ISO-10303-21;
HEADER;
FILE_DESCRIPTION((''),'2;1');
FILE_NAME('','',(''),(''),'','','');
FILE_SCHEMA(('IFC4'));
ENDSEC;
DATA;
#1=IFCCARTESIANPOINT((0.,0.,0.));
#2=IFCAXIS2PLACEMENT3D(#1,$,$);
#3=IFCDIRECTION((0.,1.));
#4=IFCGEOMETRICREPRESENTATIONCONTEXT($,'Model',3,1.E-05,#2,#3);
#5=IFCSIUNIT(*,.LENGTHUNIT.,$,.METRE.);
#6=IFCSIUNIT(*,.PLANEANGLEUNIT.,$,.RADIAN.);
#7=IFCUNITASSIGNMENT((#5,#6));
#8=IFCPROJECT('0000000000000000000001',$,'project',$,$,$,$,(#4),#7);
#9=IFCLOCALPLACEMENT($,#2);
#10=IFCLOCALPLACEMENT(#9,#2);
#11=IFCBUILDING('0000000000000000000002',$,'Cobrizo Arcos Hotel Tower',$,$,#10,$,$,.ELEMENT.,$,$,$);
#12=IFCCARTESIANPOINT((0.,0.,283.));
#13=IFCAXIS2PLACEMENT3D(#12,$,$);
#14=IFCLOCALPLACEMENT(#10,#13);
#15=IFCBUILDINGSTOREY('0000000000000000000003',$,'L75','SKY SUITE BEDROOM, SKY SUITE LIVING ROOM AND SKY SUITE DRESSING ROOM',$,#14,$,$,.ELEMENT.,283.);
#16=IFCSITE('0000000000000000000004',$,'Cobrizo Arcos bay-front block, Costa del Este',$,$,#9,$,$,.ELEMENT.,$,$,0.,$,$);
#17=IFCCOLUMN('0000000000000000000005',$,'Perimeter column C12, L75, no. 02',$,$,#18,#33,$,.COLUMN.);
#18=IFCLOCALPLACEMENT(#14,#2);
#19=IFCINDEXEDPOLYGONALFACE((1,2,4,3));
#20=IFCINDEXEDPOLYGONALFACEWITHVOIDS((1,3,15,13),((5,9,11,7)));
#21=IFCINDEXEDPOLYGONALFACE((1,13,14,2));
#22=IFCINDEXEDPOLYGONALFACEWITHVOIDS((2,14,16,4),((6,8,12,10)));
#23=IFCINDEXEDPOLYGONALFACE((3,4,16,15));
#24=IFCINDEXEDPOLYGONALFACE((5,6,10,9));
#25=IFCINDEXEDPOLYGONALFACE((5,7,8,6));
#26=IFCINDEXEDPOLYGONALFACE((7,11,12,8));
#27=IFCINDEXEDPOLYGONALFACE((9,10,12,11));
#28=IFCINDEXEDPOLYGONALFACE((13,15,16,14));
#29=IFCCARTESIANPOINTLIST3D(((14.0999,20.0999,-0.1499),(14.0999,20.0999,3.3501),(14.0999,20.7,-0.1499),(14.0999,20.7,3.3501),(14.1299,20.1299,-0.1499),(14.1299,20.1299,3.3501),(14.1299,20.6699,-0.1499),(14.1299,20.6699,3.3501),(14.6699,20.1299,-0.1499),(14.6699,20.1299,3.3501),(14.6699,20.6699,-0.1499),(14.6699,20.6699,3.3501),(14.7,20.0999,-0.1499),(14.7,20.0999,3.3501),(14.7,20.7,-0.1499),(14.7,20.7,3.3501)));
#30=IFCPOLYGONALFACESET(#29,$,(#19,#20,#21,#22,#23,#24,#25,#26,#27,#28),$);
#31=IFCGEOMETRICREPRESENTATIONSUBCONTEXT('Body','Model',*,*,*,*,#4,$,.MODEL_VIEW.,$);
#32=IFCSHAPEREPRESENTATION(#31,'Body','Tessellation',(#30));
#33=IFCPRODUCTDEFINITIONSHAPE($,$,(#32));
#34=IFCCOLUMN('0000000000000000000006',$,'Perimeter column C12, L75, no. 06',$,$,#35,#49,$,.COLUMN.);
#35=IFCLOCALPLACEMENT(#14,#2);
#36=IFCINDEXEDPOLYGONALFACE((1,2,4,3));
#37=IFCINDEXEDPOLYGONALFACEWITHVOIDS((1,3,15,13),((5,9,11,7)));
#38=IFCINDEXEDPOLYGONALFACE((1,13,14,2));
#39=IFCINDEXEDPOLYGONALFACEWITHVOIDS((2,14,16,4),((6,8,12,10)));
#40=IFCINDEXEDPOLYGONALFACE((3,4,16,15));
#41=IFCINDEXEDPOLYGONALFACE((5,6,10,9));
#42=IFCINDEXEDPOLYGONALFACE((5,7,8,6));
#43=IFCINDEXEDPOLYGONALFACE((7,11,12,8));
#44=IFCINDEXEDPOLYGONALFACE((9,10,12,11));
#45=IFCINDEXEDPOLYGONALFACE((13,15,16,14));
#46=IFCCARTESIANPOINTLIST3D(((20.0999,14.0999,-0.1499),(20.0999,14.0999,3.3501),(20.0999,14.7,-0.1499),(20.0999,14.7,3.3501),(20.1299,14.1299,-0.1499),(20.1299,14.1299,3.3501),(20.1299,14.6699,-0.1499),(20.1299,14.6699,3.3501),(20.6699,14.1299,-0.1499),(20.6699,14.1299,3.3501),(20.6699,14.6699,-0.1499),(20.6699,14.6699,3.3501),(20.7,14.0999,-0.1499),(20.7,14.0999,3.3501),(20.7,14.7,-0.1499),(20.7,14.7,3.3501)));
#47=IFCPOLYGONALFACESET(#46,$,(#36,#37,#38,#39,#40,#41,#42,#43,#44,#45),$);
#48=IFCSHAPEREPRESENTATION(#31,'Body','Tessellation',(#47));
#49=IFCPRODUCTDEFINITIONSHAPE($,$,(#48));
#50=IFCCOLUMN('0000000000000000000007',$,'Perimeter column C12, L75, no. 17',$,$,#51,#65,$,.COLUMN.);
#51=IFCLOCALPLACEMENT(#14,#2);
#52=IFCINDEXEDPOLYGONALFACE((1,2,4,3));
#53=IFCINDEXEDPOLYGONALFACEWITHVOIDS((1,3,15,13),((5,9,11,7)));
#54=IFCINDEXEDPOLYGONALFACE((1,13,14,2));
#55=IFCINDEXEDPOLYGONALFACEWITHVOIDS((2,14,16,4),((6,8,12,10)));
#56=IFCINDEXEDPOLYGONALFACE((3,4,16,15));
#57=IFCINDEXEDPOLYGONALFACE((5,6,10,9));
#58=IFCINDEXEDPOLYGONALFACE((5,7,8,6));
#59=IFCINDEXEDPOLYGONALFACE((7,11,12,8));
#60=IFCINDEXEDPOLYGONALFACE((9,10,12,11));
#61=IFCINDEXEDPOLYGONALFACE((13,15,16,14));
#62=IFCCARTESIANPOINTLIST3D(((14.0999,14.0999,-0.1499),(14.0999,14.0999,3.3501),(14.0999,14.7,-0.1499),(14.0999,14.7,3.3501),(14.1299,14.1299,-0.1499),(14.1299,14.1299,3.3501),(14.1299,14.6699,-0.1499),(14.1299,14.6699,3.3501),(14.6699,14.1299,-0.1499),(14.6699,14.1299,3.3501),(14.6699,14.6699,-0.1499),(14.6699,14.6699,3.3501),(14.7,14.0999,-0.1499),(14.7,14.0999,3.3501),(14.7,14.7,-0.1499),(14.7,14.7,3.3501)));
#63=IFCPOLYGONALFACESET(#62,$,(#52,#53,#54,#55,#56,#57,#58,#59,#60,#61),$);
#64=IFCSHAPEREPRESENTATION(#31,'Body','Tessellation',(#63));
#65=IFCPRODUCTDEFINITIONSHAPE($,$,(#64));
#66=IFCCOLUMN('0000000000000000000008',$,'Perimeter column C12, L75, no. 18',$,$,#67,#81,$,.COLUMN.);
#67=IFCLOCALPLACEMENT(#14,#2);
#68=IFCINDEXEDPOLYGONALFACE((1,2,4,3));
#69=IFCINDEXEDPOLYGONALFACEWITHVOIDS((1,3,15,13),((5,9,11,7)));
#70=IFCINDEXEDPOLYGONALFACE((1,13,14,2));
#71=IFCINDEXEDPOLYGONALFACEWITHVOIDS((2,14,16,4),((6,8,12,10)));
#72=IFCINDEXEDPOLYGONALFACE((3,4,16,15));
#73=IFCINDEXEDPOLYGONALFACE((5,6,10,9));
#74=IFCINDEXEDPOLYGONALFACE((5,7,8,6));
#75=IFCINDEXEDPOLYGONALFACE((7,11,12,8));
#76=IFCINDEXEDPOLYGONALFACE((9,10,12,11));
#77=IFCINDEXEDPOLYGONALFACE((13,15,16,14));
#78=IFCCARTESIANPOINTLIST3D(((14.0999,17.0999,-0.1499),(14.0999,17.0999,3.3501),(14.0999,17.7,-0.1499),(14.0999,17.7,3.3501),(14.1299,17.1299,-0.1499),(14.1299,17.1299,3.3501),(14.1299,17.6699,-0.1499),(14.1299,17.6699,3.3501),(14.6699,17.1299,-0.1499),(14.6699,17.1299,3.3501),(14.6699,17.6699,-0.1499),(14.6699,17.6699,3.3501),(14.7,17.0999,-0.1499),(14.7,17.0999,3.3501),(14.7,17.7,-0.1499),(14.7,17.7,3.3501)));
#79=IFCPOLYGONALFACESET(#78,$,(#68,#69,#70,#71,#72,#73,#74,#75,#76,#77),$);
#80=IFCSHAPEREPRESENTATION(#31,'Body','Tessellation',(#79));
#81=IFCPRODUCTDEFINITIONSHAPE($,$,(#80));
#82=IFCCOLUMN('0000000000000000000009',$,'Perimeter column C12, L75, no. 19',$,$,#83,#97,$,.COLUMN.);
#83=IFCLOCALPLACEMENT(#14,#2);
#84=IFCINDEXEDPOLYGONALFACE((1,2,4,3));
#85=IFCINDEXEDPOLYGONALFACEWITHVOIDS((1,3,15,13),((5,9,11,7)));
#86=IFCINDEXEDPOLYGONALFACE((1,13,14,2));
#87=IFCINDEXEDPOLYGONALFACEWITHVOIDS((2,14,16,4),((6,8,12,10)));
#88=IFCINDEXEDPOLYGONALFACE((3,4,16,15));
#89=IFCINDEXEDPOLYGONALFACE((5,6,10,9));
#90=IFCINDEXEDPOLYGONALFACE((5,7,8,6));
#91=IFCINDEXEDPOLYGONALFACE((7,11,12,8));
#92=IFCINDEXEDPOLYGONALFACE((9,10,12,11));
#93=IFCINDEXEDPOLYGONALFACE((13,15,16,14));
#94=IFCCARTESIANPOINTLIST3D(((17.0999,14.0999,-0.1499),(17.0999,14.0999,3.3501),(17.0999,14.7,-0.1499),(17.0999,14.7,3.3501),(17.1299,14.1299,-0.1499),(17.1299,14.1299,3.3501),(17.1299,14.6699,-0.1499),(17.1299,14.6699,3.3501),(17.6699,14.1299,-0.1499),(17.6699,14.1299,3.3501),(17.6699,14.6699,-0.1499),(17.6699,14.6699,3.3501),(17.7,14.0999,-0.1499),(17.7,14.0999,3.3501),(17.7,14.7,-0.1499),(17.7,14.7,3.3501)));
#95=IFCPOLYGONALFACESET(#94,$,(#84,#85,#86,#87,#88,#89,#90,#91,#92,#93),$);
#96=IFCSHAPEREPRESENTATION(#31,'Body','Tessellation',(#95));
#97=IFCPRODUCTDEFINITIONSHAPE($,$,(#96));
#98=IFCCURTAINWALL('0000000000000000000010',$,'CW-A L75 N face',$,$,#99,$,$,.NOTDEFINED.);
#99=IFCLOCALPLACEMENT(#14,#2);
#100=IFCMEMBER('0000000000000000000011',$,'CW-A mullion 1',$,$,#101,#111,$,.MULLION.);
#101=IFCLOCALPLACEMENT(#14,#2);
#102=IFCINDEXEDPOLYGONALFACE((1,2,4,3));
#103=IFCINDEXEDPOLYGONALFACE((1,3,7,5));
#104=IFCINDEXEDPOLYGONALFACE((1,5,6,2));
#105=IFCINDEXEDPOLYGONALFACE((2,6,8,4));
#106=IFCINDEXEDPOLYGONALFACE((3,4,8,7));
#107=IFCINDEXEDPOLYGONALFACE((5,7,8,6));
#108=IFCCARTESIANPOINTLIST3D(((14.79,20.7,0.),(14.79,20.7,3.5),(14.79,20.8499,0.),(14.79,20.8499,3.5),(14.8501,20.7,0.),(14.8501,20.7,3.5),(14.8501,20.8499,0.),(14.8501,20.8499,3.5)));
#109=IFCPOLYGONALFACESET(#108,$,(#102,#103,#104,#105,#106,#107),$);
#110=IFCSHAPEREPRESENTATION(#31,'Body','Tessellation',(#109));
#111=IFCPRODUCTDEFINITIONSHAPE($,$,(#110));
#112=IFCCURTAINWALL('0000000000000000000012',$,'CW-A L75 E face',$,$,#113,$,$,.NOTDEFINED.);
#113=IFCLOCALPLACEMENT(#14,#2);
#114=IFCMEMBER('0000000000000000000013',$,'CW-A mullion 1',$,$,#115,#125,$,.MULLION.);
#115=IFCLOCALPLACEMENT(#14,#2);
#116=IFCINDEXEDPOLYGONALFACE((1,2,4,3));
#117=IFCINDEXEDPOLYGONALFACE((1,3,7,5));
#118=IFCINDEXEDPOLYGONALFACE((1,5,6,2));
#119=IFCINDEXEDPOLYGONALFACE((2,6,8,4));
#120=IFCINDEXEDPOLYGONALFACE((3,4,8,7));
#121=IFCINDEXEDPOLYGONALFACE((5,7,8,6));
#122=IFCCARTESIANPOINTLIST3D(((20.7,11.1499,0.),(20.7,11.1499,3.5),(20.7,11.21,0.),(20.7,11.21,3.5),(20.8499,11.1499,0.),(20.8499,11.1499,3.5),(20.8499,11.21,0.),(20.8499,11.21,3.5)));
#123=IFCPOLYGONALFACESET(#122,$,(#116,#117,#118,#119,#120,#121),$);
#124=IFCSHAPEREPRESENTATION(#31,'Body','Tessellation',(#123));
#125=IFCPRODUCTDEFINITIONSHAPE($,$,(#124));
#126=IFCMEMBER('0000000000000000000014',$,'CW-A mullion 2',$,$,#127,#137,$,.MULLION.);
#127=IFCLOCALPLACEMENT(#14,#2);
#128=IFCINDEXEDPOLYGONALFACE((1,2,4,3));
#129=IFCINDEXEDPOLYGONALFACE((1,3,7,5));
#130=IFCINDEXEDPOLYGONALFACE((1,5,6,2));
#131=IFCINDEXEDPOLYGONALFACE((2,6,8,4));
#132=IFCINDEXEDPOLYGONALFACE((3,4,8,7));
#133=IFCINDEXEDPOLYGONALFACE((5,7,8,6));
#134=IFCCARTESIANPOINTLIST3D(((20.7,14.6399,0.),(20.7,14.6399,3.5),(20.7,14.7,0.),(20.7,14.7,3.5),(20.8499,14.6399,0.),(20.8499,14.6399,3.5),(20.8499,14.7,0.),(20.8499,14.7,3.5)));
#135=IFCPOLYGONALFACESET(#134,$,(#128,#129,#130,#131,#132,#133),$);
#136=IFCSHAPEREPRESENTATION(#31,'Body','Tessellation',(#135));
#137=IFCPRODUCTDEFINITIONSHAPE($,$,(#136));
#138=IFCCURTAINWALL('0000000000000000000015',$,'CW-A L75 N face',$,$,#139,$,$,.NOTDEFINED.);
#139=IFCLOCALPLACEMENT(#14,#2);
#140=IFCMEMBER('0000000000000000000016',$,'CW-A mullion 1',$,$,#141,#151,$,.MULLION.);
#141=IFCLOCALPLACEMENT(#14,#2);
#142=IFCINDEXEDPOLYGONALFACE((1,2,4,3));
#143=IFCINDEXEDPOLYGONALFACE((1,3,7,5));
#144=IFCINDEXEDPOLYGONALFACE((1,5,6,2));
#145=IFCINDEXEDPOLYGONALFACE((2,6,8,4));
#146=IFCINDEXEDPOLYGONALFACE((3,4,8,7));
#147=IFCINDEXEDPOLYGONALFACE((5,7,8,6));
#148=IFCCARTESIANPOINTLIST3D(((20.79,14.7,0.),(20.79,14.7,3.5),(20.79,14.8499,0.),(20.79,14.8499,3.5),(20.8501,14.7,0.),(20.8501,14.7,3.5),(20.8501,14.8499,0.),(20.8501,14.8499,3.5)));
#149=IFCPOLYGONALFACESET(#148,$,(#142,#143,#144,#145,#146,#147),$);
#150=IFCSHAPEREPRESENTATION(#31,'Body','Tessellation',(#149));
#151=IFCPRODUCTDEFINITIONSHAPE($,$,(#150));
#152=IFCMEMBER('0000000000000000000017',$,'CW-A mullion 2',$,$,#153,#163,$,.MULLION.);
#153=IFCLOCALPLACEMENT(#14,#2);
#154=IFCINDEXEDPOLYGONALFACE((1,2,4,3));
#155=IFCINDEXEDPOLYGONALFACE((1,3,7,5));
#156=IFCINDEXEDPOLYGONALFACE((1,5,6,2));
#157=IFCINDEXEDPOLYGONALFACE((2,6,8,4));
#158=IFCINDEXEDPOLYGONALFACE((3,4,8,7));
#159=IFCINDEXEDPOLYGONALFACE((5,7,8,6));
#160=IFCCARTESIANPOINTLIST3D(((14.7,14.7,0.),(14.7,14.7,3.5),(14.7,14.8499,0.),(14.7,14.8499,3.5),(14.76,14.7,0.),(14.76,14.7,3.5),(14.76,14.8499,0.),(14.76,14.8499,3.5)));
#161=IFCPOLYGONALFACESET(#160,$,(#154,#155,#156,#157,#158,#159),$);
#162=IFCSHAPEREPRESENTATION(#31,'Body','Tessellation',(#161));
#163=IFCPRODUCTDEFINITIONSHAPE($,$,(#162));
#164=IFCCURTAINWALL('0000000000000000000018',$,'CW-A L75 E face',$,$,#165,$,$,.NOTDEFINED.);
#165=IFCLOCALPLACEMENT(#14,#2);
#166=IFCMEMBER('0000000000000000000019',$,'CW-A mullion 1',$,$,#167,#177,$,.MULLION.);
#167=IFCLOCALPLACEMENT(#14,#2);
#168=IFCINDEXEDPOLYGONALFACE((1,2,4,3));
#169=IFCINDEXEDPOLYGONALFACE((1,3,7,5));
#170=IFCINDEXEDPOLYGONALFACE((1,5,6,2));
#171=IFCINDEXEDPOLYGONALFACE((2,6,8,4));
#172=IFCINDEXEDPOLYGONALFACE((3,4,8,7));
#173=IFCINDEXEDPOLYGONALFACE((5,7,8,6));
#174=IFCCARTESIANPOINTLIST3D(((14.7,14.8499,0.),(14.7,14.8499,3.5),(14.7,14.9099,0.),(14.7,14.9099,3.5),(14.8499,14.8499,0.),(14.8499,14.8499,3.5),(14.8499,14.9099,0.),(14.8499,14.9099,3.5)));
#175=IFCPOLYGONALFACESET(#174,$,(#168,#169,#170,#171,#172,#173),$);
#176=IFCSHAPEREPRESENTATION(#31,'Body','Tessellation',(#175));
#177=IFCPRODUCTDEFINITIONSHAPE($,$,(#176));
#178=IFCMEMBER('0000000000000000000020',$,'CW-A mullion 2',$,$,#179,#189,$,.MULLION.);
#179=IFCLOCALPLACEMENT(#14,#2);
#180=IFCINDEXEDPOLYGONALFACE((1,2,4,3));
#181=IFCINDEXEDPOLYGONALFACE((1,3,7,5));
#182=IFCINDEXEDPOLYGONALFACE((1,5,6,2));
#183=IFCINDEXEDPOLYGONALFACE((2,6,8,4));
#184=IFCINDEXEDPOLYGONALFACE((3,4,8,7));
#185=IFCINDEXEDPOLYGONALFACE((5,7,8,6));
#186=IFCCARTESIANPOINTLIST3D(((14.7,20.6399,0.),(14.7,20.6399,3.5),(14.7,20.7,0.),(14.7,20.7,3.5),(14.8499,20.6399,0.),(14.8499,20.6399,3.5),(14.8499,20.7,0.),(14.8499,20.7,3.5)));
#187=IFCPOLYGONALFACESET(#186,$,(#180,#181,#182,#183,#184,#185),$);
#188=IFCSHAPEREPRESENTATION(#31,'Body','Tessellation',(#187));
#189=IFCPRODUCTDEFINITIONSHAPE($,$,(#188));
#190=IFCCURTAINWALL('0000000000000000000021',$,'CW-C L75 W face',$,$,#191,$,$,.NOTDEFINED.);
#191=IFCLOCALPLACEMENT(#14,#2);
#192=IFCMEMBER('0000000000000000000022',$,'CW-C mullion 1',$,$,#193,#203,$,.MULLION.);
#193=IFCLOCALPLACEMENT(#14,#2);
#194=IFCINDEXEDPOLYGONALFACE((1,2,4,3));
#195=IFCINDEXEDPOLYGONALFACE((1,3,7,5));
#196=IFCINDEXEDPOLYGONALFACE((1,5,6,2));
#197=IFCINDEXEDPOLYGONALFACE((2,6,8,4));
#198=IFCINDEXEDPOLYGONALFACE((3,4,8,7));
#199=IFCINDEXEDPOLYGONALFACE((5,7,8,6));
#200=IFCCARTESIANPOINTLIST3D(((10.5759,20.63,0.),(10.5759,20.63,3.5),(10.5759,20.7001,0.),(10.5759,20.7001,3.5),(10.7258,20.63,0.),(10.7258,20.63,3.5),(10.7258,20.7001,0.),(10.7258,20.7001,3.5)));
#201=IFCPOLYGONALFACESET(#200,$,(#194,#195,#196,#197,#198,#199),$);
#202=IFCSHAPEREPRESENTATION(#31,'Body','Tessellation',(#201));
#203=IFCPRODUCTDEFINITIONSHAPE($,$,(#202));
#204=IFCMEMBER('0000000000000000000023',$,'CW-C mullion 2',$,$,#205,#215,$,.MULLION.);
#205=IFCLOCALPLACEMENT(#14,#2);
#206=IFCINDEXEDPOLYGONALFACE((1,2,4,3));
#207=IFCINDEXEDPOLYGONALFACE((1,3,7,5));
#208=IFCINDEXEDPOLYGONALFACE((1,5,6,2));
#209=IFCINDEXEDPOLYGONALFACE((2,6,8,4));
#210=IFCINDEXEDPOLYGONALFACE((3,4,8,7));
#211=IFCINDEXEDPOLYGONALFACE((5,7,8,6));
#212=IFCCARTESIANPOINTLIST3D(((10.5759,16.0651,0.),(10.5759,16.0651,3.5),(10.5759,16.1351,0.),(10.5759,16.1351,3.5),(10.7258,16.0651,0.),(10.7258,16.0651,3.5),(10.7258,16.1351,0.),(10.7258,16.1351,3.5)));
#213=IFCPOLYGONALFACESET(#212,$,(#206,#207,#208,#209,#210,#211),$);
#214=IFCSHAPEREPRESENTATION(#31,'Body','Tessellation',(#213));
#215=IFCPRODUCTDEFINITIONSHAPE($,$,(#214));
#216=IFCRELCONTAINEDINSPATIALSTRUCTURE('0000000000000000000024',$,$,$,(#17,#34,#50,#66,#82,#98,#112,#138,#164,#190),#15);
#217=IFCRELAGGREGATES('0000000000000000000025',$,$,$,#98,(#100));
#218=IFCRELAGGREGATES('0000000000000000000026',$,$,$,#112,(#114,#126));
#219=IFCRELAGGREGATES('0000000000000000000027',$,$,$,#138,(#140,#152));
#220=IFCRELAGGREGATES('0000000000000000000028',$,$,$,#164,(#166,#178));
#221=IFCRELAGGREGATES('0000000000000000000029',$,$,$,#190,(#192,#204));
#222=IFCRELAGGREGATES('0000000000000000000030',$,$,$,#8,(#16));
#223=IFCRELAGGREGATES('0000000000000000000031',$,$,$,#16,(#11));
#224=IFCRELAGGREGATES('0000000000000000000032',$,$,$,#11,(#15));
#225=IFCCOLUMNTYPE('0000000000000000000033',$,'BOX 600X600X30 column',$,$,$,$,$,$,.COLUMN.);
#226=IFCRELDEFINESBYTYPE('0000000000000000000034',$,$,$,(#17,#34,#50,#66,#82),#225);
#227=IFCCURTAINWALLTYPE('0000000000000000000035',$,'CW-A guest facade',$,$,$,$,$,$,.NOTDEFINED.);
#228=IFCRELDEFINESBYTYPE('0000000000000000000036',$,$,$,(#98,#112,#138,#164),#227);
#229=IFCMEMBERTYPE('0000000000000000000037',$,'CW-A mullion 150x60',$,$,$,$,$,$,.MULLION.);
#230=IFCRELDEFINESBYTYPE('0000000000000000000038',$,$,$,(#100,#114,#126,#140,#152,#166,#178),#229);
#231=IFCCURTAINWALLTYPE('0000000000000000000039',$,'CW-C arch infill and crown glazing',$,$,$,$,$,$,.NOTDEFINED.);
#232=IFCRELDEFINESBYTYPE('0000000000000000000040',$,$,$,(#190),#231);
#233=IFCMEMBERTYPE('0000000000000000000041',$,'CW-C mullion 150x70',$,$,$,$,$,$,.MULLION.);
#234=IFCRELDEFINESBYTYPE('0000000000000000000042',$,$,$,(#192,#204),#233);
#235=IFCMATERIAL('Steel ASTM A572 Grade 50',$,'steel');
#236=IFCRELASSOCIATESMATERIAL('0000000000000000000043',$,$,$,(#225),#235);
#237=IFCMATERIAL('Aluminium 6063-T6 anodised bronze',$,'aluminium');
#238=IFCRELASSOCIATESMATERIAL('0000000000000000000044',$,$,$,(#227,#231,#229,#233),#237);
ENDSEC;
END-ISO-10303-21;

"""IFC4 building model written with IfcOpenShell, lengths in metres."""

from ifc_helpers import new_model, si_unit, direction, frame, origin, origin_2d, place, context, subcontext, project, spatial, rectangle, hollow_rectangle, extrude, material, material_profile, profile_set, type_object, element, aggregate, save


model = new_model("IFC4")

# Units and contexts
model_context = context("Model", 3, precision=1e-05, world=origin(), true_north=direction((0.0, 1.0)))
body_context = subcontext(model_context, "Body", "Model", "MODEL_VIEW")
ifc_project = project(units=[si_unit("LENGTHUNIT", "METRE"), si_unit("PLANEANGLEUNIT", "RADIAN")], contexts=[model_context])

# Site, building, storey
site_placement = place(None, origin())
site = spatial("IfcSite", under=ifc_project, at=site_placement, Name="Cobrizo Arcos bay-front block, Costa del Este", CompositionType="ELEMENT", RefElevation=0.0)
building_placement = place(site_placement, origin())
building = spatial("IfcBuilding", under=site, at=building_placement, Name="Cobrizo Arcos Hotel Tower", CompositionType="ELEMENT")
storey_placement = place(building_placement, frame((0.0, 0.0, 283.0)))
storey = spatial("IfcBuildingStorey", under=building, at=storey_placement, Name="L75", Description="SKY SUITE BEDROOM, SKY SUITE LIVING ROOM AND SKY SUITE DRESSING ROOM", CompositionType="ELEMENT", Elevation=283.0)

# Columns
ifc_material_1 = material(Name="Steel ASTM A572 Grade 50", Category="steel")
ifc_material_profile_1 = material_profile(ifc_material_1, hollow_rectangle(XDim=0.6001, YDim=0.6001, WallThickness=0.03, at=origin_2d()), Name="BOX 600X600X30")
ifc_profile_set_1 = profile_set([ifc_material_profile_1], Name="Steel ASTM A572 Grade 50")
column_type = type_object("IfcColumnType", Name="BOX 600X600X30 column", PredefinedType="COLUMN", material=ifc_profile_set_1)
for number, where, z_axis, x_axis, name in (
    (1, (14.3999, 20.3999, -0.1499), (0.0, 0.0, 1.0), (1.0, 0.0, 0.0), "Perimeter column C12, L75, no. 02"),
    (2, (20.3999, 14.3999, -0.1499), (0.0, 0.0, 1.0), (1.0, 0.0, 0.0), "Perimeter column C12, L75, no. 06"),
    (3, (14.3999, 14.3999, -0.1499), (0.0, 0.0, 1.0), (1.0, 0.0, 0.0), "Perimeter column C12, L75, no. 17"),
    (4, (14.3999, 17.3999, -0.1499), (0.0, 0.0, 1.0), (1.0, 0.0, 0.0), "Perimeter column C12, L75, no. 18"),
    (5, (17.3999, 14.3999, -0.1499), (0.0, 0.0, 1.0), (1.0, 0.0, 0.0), "Perimeter column C12, L75, no. 19"),
):
    element("IfcColumn", number, at=place(storey_placement, frame(where, z_axis=z_axis, x_axis=x_axis)), inside=storey, type_object=column_type, Name=name, PredefinedType="COLUMN", context=body_context, shape_type="SweptSolid", body=[
        extrude(hollow_rectangle(XDim=0.6001, YDim=0.6001, WallThickness=0.03, at=origin_2d()), origin(), (0.0, 0.0, 1.0), 3.5),
    ])

# Curtain wall, member
ifc_material_2 = material(Name="Aluminium 6063-T6 anodised bronze", Category="aluminium")
curtain_wall_type_1 = type_object("IfcCurtainWallType", Name="CW-A guest facade", PredefinedType="NOTDEFINED", material=ifc_material_2)
curtain_wall_1_placement = place(storey_placement, origin())
curtain_wall_1 = element("IfcCurtainWall", 6, at=curtain_wall_1_placement, inside=storey, type_object=curtain_wall_type_1, Name="CW-A L75 N face", PredefinedType="NOTDEFINED")
ifc_material_profile_2 = material_profile(ifc_material_2, rectangle(XDim=0.1499, YDim=0.0601, at=origin_2d()), Name="CW-A mullion 150x60")
ifc_profile_set_2 = profile_set([ifc_material_profile_2], Name="Aluminium 6063-T6 anodised bronze")
member_type_1 = type_object("IfcMemberType", Name="CW-A mullion 150x60", PredefinedType="MULLION", material=ifc_profile_set_2)
member_1_placement = place(storey_placement, frame((14.8201, 20.7749, 0.0), z_axis=(0.0, 0.0, 1.0), x_axis=(0.0, 1.0, 0.0)))
member_1 = element("IfcMember", 7, at=member_1_placement, type_object=member_type_1, Name="CW-A mullion 1", PredefinedType="MULLION", context=body_context, shape_type="SweptSolid", body=[
    extrude(rectangle(XDim=0.1499, YDim=0.0601, at=origin_2d()), origin(), (0.0, 0.0, 1.0), 3.5),
])

# Curtain walls, members
curtain_wall_2_placement = place(storey_placement, origin())
curtain_wall_2 = element("IfcCurtainWall", 8, at=curtain_wall_2_placement, inside=storey, type_object=curtain_wall_type_1, Name="CW-A L75 E face", PredefinedType="NOTDEFINED")
member_2_placement = place(storey_placement, frame((20.7749, 11.1799, 0.0), z_axis=(0.0, 0.0, 1.0), x_axis=(1.0, 0.0, 0.0)))
member_2 = element("IfcMember", 9, at=member_2_placement, type_object=member_type_1, Name="CW-A mullion 1", PredefinedType="MULLION", context=body_context, shape_type="SweptSolid", body=[
    extrude(rectangle(XDim=0.1499, YDim=0.0601, at=origin_2d()), origin(), (0.0, 0.0, 1.0), 3.5),
])
member_3_placement = place(storey_placement, frame((20.7749, 14.6699, 0.0), z_axis=(0.0, 0.0, 1.0), x_axis=(1.0, 0.0, 0.0)))
member_3 = element("IfcMember", 10, at=member_3_placement, type_object=member_type_1, Name="CW-A mullion 2", PredefinedType="MULLION", context=body_context, shape_type="SweptSolid", body=[
    extrude(rectangle(XDim=0.1499, YDim=0.0601, at=origin_2d()), origin(), (0.0, 0.0, 1.0), 3.5),
])
curtain_wall_3_placement = place(storey_placement, origin())
curtain_wall_3 = element("IfcCurtainWall", 11, at=curtain_wall_3_placement, inside=storey, type_object=curtain_wall_type_1, Name="CW-A L75 N face", PredefinedType="NOTDEFINED")
member_4_placement = place(storey_placement, frame((20.8201, 14.7749, 0.0), z_axis=(0.0, 0.0, 1.0), x_axis=(0.0, 1.0, 0.0)))
member_4 = element("IfcMember", 12, at=member_4_placement, type_object=member_type_1, Name="CW-A mullion 1", PredefinedType="MULLION", context=body_context, shape_type="SweptSolid", body=[
    extrude(rectangle(XDim=0.1499, YDim=0.0601, at=origin_2d()), origin(), (0.0, 0.0, 1.0), 3.5),
])
member_5_placement = place(storey_placement, frame((14.73, 14.7749, 0.0), z_axis=(0.0, 0.0, 1.0), x_axis=(0.0, 1.0, 0.0)))
member_5 = element("IfcMember", 13, at=member_5_placement, type_object=member_type_1, Name="CW-A mullion 2", PredefinedType="MULLION", context=body_context, shape_type="SweptSolid", body=[
    extrude(rectangle(XDim=0.1499, YDim=0.0601, at=origin_2d()), origin(), (0.0, 0.0, 1.0), 3.5),
])
curtain_wall_4_placement = place(storey_placement, origin())
curtain_wall_4 = element("IfcCurtainWall", 14, at=curtain_wall_4_placement, inside=storey, type_object=curtain_wall_type_1, Name="CW-A L75 E face", PredefinedType="NOTDEFINED")
member_6_placement = place(storey_placement, frame((14.7749, 14.8799, 0.0), z_axis=(0.0, 0.0, 1.0), x_axis=(1.0, 0.0, 0.0)))
member_6 = element("IfcMember", 15, at=member_6_placement, type_object=member_type_1, Name="CW-A mullion 1", PredefinedType="MULLION", context=body_context, shape_type="SweptSolid", body=[
    extrude(rectangle(XDim=0.1499, YDim=0.0601, at=origin_2d()), origin(), (0.0, 0.0, 1.0), 3.5),
])
member_7_placement = place(storey_placement, frame((14.7749, 20.6699, 0.0), z_axis=(0.0, 0.0, 1.0), x_axis=(1.0, 0.0, 0.0)))
member_7 = element("IfcMember", 16, at=member_7_placement, type_object=member_type_1, Name="CW-A mullion 2", PredefinedType="MULLION", context=body_context, shape_type="SweptSolid", body=[
    extrude(rectangle(XDim=0.1499, YDim=0.0601, at=origin_2d()), origin(), (0.0, 0.0, 1.0), 3.5),
])
curtain_wall_type_2 = type_object("IfcCurtainWallType", Name="CW-C arch infill and crown glazing", PredefinedType="NOTDEFINED", material=ifc_material_2)
curtain_wall_5_placement = place(storey_placement, origin())
curtain_wall_5 = element("IfcCurtainWall", 17, at=curtain_wall_5_placement, inside=storey, type_object=curtain_wall_type_2, Name="CW-C L75 W face", PredefinedType="NOTDEFINED")
ifc_material_profile_3 = material_profile(ifc_material_2, rectangle(XDim=0.1499, YDim=0.0701, at=origin_2d()), Name="CW-C mullion 150x70")
ifc_profile_set_3 = profile_set([ifc_material_profile_3], Name="Aluminium 6063-T6 anodised bronze")
member_type_2 = type_object("IfcMemberType", Name="CW-C mullion 150x70", PredefinedType="MULLION", material=ifc_profile_set_3)
member_8_placement = place(storey_placement, frame((10.6509, 20.665, 0.0), z_axis=(0.0, 0.0, 1.0), x_axis=(-1.0, 0.0, 0.0)))
member_8 = element("IfcMember", 18, at=member_8_placement, type_object=member_type_2, Name="CW-C mullion 1", PredefinedType="MULLION", context=body_context, shape_type="SweptSolid", body=[
    extrude(rectangle(XDim=0.1499, YDim=0.0701, at=origin_2d()), origin(), (0.0, 0.0, 1.0), 3.5),
])
member_9_placement = place(storey_placement, frame((10.6509, 16.1001, 0.0), z_axis=(0.0, 0.0, 1.0), x_axis=(-1.0, 0.0, 0.0)))
member_9 = element("IfcMember", 19, at=member_9_placement, type_object=member_type_2, Name="CW-C mullion 2", PredefinedType="MULLION", context=body_context, shape_type="SweptSolid", body=[
    extrude(rectangle(XDim=0.1499, YDim=0.0701, at=origin_2d()), origin(), (0.0, 0.0, 1.0), 3.5),
])

aggregate(curtain_wall_1, [member_1])
aggregate(curtain_wall_2, [member_2, member_3])
aggregate(curtain_wall_3, [member_4, member_5])
aggregate(curtain_wall_4, [member_6, member_7])
aggregate(curtain_wall_5, [member_8, member_9])

save(model, "model.ifc")
